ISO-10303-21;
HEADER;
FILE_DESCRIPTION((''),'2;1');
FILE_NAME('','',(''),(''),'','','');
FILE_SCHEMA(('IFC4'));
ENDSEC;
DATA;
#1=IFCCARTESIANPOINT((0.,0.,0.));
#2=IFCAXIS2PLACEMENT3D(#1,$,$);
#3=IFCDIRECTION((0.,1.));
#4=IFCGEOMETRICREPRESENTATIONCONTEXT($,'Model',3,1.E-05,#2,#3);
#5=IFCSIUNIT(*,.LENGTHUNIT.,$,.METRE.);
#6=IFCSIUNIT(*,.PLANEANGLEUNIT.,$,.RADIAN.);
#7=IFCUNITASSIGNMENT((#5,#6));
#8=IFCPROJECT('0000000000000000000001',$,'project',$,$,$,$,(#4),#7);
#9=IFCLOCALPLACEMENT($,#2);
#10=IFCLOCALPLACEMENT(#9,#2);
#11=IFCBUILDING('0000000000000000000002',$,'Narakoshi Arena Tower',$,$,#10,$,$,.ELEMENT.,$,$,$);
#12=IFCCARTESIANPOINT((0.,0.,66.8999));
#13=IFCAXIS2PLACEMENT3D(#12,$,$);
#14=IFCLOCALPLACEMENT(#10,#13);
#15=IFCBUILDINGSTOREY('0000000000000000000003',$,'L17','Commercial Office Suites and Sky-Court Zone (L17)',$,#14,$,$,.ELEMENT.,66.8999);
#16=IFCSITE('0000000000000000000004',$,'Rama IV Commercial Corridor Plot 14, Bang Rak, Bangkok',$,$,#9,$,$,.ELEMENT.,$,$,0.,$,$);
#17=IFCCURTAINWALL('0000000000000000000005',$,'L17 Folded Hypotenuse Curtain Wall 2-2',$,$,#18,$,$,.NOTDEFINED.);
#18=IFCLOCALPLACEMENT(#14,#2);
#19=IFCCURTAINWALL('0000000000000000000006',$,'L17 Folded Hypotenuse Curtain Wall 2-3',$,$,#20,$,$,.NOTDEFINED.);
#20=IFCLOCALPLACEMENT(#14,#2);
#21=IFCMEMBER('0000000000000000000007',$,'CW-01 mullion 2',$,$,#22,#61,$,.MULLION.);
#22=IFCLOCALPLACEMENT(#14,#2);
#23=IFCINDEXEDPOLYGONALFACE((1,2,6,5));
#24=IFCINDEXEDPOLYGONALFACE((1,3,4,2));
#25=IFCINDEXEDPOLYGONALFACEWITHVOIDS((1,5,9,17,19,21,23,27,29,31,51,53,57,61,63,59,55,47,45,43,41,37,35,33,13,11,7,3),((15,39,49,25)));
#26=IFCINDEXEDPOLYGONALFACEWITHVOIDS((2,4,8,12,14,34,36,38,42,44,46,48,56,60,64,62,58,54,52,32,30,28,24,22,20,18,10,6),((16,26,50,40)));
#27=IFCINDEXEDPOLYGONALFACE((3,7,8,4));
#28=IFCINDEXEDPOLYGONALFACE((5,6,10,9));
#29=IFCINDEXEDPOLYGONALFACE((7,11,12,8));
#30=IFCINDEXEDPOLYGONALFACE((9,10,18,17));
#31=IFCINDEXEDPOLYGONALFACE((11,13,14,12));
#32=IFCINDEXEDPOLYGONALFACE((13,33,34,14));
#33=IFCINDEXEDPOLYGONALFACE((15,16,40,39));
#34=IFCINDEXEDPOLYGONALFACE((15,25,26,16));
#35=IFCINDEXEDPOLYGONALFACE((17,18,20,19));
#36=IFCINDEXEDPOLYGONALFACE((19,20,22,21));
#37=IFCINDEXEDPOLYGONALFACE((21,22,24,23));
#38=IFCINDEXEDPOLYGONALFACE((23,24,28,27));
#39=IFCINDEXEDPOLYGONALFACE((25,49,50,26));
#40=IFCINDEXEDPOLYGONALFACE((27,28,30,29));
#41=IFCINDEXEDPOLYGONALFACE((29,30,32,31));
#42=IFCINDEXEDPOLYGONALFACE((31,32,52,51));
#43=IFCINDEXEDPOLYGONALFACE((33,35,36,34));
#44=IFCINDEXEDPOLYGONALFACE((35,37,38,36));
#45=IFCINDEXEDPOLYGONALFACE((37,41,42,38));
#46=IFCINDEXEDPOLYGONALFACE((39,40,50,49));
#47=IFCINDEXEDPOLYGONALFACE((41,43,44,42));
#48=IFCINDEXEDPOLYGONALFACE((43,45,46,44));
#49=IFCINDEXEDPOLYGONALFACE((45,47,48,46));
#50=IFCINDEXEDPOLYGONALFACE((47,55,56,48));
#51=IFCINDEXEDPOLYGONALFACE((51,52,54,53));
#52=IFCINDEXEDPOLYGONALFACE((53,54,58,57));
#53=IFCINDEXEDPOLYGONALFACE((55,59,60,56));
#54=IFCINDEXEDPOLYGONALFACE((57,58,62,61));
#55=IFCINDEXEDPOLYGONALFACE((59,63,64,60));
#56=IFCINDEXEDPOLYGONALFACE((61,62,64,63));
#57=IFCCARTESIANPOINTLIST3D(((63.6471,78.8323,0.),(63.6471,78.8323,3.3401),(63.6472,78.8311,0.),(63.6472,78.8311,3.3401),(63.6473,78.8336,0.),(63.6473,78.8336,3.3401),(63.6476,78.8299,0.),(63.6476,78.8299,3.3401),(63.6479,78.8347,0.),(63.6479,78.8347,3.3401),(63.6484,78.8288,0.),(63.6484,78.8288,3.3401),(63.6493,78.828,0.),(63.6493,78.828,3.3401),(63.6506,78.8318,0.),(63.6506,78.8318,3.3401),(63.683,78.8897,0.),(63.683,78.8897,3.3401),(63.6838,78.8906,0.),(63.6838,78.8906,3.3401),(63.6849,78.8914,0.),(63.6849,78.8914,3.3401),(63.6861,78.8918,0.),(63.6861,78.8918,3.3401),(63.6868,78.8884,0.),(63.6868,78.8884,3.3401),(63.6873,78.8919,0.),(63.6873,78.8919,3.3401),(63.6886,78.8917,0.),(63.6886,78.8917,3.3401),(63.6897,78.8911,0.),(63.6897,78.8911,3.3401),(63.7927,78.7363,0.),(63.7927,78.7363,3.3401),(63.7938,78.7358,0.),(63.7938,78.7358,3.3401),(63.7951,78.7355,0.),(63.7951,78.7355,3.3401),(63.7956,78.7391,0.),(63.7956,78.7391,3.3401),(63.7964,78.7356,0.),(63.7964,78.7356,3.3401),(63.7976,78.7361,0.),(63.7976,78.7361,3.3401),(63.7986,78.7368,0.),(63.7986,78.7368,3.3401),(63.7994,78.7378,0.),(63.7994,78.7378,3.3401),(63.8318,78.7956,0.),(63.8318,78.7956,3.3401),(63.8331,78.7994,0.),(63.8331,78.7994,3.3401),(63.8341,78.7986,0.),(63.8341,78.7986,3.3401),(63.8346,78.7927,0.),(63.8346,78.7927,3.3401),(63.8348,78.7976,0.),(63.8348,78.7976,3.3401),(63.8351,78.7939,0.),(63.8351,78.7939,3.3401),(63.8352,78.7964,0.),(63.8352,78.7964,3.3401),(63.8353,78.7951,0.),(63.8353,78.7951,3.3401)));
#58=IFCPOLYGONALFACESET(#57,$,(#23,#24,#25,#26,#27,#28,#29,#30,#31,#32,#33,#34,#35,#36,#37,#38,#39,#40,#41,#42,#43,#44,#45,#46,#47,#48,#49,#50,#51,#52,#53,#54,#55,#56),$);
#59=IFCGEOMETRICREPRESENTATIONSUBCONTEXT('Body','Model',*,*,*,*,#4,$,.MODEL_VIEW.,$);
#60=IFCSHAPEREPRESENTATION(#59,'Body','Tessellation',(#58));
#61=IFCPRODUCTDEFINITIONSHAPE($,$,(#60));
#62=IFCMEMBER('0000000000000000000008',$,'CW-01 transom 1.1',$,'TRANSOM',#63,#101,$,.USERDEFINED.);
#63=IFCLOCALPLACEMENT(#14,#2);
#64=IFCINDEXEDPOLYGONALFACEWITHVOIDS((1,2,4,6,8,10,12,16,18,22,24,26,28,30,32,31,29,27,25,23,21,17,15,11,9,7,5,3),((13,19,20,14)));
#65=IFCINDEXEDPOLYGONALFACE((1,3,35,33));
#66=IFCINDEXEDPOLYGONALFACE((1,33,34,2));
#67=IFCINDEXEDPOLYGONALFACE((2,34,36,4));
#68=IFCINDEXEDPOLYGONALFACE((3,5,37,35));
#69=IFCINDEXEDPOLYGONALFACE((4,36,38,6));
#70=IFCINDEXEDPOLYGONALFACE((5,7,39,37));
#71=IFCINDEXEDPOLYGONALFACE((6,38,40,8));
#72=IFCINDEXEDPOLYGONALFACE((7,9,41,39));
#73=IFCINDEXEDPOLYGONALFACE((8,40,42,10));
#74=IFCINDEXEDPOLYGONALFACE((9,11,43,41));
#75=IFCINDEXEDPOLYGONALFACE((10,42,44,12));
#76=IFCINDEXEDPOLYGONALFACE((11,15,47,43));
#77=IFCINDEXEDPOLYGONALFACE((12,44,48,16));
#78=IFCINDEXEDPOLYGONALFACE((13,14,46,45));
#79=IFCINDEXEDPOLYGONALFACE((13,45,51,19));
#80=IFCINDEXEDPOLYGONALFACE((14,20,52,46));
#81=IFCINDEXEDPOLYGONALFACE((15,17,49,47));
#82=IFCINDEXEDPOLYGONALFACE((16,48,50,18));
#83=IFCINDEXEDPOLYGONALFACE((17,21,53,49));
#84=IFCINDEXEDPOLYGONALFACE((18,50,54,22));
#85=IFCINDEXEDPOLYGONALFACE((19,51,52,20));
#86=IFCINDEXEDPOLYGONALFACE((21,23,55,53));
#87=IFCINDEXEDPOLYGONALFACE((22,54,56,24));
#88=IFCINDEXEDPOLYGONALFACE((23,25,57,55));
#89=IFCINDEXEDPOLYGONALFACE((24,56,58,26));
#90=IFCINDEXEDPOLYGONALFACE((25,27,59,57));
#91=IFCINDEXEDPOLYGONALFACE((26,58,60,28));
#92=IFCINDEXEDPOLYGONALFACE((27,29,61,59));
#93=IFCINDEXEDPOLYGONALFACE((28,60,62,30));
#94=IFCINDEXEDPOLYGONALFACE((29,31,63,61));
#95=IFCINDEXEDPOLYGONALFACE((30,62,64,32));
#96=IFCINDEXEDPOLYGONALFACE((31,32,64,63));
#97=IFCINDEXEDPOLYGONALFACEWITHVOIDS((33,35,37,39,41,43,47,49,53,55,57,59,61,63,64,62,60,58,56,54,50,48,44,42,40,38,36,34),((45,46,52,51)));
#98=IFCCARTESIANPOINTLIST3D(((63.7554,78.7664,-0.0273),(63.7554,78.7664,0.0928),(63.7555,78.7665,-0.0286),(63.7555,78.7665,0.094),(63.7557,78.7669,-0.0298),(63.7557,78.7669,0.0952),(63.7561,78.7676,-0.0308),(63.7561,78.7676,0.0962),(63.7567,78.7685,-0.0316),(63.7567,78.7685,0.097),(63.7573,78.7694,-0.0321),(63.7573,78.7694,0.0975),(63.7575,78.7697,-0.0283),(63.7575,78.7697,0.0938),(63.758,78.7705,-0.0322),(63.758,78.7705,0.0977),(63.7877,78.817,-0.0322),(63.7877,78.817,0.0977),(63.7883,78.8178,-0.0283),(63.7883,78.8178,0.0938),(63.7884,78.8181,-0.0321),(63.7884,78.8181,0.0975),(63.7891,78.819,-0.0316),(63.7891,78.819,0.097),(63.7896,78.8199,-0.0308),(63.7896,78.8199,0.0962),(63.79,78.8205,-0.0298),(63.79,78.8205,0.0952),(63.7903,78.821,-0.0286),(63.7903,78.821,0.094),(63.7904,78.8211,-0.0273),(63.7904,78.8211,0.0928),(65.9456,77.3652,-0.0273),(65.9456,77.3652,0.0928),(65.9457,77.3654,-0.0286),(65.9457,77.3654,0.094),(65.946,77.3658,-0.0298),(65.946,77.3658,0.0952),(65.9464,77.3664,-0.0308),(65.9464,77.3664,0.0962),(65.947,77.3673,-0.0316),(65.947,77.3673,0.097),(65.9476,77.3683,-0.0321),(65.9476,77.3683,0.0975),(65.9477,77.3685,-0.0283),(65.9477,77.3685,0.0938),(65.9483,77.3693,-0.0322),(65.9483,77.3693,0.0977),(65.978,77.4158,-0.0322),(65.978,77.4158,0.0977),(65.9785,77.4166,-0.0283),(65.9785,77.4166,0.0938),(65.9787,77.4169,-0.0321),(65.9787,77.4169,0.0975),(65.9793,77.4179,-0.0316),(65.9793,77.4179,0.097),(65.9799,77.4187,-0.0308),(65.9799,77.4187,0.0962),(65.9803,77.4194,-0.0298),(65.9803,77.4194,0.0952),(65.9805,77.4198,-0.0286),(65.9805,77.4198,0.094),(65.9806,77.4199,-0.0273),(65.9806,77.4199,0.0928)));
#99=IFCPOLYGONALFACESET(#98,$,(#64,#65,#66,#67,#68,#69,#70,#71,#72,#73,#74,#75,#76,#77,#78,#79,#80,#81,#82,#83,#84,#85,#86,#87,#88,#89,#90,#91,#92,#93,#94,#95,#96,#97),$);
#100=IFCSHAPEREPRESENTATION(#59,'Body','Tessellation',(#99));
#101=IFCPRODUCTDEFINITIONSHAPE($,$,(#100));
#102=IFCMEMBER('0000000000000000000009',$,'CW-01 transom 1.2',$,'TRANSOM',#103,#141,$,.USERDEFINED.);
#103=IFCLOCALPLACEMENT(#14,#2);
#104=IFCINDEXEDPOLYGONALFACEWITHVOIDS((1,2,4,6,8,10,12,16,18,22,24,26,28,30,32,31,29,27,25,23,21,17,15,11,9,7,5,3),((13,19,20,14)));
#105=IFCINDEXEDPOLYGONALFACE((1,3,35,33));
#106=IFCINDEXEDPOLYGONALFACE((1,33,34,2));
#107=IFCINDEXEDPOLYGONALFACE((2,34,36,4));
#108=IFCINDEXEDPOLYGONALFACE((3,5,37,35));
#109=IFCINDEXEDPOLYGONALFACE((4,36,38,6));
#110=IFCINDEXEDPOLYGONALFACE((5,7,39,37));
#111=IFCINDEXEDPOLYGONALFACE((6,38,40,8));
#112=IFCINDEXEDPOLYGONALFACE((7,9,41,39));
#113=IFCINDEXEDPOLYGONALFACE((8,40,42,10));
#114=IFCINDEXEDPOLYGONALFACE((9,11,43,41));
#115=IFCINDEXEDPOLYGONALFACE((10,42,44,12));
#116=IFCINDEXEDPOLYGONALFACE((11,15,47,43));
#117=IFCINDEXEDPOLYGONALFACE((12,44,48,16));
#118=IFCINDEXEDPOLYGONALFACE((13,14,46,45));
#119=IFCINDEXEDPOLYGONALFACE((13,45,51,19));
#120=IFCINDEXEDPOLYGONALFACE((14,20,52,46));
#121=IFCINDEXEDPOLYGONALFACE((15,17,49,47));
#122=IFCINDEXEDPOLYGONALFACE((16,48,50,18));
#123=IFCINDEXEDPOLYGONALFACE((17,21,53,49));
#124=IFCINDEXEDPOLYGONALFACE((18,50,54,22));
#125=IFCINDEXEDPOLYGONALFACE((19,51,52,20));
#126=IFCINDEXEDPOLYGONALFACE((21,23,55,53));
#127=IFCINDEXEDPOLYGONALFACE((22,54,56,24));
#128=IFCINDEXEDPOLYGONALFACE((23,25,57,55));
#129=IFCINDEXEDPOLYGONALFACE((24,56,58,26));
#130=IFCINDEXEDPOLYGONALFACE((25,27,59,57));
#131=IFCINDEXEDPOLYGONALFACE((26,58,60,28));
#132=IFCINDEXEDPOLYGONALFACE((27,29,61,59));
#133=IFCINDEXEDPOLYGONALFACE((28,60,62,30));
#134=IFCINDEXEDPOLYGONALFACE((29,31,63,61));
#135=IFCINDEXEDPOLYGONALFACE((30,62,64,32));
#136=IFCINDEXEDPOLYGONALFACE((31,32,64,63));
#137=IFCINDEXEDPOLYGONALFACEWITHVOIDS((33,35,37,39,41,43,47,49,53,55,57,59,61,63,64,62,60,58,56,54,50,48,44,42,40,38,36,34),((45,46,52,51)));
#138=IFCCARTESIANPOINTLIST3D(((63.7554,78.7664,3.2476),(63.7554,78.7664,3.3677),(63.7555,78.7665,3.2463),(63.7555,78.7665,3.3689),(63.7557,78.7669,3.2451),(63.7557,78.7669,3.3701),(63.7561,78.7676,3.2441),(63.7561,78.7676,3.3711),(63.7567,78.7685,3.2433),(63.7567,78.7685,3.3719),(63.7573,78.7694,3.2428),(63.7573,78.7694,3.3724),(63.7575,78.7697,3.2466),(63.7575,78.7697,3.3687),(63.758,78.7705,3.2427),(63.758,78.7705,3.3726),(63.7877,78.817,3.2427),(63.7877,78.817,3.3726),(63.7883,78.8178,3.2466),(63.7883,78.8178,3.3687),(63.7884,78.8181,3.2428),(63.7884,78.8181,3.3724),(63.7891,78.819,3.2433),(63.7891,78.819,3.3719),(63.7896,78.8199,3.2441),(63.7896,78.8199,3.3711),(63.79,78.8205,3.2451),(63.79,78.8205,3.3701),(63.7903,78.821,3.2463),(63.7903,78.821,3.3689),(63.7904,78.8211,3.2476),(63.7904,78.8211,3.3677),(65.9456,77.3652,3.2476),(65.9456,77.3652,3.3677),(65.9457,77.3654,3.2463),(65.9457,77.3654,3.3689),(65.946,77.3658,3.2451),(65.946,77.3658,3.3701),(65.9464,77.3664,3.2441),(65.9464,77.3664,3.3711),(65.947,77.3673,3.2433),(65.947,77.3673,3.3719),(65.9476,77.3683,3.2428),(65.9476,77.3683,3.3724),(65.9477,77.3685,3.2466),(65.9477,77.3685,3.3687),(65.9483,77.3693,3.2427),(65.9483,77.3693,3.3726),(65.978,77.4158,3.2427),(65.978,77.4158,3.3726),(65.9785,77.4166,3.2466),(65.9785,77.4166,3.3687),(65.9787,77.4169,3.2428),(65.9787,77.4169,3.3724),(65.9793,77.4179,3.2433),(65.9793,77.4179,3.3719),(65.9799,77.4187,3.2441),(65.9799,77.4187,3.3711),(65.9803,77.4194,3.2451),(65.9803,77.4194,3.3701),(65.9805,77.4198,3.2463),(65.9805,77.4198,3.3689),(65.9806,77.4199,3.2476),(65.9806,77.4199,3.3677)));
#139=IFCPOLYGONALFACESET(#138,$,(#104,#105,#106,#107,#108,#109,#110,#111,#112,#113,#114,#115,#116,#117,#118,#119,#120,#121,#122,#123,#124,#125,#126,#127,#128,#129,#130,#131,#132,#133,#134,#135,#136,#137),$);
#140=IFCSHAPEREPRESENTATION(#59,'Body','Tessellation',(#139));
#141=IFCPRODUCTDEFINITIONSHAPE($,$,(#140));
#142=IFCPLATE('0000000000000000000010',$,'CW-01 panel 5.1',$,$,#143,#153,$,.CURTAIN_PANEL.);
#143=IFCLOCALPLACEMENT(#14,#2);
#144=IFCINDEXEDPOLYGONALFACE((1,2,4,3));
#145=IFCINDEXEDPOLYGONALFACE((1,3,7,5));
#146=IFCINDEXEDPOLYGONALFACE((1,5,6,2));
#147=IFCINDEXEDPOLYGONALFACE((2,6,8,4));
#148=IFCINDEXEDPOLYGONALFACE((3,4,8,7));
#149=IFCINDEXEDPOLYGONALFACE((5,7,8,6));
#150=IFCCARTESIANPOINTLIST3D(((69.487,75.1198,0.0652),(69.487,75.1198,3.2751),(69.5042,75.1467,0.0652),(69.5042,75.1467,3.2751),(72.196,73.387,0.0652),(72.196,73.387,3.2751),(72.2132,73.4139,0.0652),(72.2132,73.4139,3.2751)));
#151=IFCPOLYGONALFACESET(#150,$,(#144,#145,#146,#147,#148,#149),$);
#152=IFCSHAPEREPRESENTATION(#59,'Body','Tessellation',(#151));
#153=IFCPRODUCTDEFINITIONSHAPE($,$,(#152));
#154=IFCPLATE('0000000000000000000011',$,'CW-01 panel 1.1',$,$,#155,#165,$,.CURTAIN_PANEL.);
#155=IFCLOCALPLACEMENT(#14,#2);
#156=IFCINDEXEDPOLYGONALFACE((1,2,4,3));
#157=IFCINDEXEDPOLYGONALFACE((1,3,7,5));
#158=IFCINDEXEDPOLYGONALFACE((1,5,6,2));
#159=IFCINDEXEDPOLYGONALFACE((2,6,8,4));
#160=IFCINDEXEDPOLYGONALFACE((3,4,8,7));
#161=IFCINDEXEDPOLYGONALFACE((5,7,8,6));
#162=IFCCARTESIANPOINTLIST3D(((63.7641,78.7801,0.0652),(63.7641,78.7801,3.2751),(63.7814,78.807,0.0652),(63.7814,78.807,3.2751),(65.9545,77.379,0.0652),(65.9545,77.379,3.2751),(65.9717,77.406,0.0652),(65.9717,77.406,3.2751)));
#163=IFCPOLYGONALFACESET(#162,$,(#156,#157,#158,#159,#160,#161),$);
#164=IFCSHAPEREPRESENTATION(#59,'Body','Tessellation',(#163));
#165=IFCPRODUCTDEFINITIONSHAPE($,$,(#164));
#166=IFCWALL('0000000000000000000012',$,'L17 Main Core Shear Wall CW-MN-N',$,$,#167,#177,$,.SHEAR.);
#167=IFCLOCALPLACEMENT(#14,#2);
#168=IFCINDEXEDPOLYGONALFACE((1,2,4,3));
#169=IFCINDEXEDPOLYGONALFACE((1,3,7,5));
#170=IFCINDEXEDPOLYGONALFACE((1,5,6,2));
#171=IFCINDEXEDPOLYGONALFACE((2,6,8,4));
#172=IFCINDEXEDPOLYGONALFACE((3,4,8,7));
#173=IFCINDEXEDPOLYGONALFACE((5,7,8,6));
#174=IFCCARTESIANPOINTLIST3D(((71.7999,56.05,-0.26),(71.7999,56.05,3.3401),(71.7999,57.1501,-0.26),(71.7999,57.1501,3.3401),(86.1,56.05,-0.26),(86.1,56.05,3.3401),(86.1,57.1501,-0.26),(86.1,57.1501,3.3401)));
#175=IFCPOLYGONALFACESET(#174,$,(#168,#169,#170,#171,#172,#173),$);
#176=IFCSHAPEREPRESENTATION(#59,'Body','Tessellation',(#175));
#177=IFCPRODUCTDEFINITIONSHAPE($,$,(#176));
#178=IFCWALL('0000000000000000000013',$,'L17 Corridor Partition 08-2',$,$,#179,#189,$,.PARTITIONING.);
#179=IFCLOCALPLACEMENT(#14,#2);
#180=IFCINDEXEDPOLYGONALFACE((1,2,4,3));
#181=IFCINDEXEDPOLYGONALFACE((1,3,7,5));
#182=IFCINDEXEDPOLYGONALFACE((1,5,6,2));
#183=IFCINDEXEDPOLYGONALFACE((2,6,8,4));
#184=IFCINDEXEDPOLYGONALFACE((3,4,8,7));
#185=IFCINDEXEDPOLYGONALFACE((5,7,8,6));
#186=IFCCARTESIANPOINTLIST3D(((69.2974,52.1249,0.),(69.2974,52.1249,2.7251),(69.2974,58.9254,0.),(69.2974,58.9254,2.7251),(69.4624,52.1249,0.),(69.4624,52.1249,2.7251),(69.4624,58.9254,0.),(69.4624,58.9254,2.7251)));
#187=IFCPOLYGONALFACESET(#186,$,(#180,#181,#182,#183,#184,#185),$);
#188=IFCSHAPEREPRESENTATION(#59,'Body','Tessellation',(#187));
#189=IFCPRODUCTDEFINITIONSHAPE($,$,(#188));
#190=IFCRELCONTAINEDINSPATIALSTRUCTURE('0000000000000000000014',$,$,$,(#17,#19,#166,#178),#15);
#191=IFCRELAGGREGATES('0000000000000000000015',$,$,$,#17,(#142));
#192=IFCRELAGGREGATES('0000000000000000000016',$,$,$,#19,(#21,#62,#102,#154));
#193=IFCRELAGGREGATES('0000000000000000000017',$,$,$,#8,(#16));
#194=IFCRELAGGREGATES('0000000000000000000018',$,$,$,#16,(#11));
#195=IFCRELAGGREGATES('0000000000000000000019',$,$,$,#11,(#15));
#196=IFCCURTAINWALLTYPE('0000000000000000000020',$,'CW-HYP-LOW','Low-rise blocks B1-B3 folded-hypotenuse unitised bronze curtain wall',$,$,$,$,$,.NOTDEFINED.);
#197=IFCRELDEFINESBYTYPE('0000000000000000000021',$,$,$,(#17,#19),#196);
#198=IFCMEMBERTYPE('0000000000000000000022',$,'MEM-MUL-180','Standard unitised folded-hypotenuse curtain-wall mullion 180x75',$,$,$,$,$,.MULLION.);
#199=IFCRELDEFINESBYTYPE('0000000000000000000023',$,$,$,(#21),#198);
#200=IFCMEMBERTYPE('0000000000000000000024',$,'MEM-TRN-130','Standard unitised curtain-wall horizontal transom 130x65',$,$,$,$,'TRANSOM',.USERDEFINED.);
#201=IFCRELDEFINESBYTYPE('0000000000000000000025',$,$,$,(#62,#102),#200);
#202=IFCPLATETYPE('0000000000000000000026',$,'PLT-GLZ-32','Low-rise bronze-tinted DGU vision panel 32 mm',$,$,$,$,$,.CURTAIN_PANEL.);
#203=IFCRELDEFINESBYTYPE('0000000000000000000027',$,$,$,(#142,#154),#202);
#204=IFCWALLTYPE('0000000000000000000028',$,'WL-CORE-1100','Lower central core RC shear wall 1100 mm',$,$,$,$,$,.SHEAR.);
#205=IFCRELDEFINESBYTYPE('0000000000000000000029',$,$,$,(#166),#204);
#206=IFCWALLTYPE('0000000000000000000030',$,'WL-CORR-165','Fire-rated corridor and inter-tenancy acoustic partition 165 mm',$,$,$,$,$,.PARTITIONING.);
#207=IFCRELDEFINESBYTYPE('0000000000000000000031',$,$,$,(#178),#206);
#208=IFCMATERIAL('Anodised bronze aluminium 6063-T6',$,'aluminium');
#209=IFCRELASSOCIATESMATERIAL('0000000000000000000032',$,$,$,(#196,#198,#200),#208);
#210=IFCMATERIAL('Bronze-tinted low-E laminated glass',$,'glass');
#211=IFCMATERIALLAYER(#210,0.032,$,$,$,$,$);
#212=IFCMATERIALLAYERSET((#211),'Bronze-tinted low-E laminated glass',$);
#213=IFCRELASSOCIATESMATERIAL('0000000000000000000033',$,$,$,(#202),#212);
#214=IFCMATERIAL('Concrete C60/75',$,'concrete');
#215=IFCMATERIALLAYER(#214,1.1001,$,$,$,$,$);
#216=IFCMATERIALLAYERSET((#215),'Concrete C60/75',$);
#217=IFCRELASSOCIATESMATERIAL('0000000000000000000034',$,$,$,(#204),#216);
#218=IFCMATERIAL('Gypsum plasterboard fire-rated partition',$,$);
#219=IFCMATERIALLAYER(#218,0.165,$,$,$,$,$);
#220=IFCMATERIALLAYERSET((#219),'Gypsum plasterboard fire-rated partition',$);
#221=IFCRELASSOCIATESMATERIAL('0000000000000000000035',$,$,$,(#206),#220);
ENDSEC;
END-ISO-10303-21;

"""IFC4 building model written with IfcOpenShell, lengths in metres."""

from ifc_helpers import new_model, si_unit, direction, frame, frame_2d, origin, origin_2d, place, context, subcontext, project, spatial, rectangle, hollow_rectangle, extrude, material, layer, layer_set, material_profile, profile_set, type_object, element, aggregate, save


model = new_model("IFC4")

# Units and contexts
model_context = context("Model", 3, precision=1e-05, world=origin(), true_north=direction((0.0, 1.0)))
body_context = subcontext(model_context, "Body", "Model", "MODEL_VIEW")
ifc_project = project(units=[si_unit("LENGTHUNIT", "METRE"), si_unit("PLANEANGLEUNIT", "RADIAN")], contexts=[model_context])

# Site, building, storey
site_placement = place(None, origin())
site = spatial("IfcSite", under=ifc_project, at=site_placement, Name="Rama IV Commercial Corridor Plot 14, Bang Rak, Bangkok", CompositionType="ELEMENT", RefElevation=0.0)
building_placement = place(site_placement, origin())
building = spatial("IfcBuilding", under=site, at=building_placement, Name="Narakoshi Arena Tower", CompositionType="ELEMENT")
storey_placement = place(building_placement, frame((0.0, 0.0, 66.8999)))
storey = spatial("IfcBuildingStorey", under=building, at=storey_placement, Name="L17", Description="Commercial Office Suites and Sky-Court Zone (L17)", CompositionType="ELEMENT", Elevation=66.8999)

# Shared definitions
ifc_material_1 = material(Name="Concrete C60/75", Category="concrete")

# Curtain wall
ifc_material_2 = material(Name="Anodised bronze aluminium 6063-T6", Category="aluminium")
curtain_wall_type = type_object("IfcCurtainWallType", Name="CW-HYP-LOW", Description="Low-rise blocks B1-B3 folded-hypotenuse unitised bronze curtain wall", PredefinedType="NOTDEFINED", material=ifc_material_2)
curtain_wall_1_placement = place(storey_placement, origin())
curtain_wall_1 = element("IfcCurtainWall", 1, at=curtain_wall_1_placement, inside=storey, type_object=curtain_wall_type, Name="L17 Folded Hypotenuse Curtain Wall 2-2", PredefinedType="NOTDEFINED")
ifc_material_profile_1 = material_profile(ifc_material_2, hollow_rectangle(XDim=0.075, YDim=0.1799, WallThickness=0.0039, OuterFilletRadius=0.0049, at=origin_2d()), Name="MUL180x75x4")
ifc_profile_set_1 = profile_set([ifc_material_profile_1], Name="Anodised bronze aluminium 6063-T6")
member_type_1 = type_object("IfcMemberType", Name="MEM-MUL-180", Description="Standard unitised folded-hypotenuse curtain-wall mullion 180x75", PredefinedType="MULLION", material=ifc_profile_set_1)

# Curtain wall, members
curtain_wall_2_placement = place(storey_placement, origin())
curtain_wall_2 = element("IfcCurtainWall", 2, at=curtain_wall_2_placement, inside=storey, type_object=curtain_wall_type, Name="L17 Folded Hypotenuse Curtain Wall 2-3", PredefinedType="NOTDEFINED")
member_1_placement = place(storey_placement, frame((63.7412, 78.8137, 0.0), z_axis=(0.0, 0.0, 1.0), x_axis=(-0.538841, -0.842407, 0.0)))
member_1 = element("IfcMember", 3, at=member_1_placement, type_object=member_type_1, Name="CW-01 mullion 2", PredefinedType="MULLION", context=body_context, shape_type="SweptSolid", body=[
    extrude(hollow_rectangle(XDim=0.075, YDim=0.1799, WallThickness=0.0039, OuterFilletRadius=0.0049, at=origin_2d()), origin(), (0.0, 0.0, 1.0), 3.3401),
])
ifc_material_profile_2 = material_profile(ifc_material_2, hollow_rectangle(XDim=0.0649, YDim=0.1299, WallThickness=0.0039, OuterFilletRadius=0.0049, at=origin_2d()), Name="TRN130x65x4")
ifc_profile_set_2 = profile_set([ifc_material_profile_2], Name="Anodised bronze aluminium 6063-T6")
member_type_2 = type_object("IfcMemberType", Name="MEM-TRN-130", Description="Standard unitised curtain-wall horizontal transom 130x65", ElementType="TRANSOM", PredefinedType="USERDEFINED", material=ifc_profile_set_2)
member_2_placement = place(storey_placement, frame((65.9631, 77.3926, 0.0327), z_axis=(-0.842375, 0.538891, 0.0), x_axis=(-0.538891, -0.842375, 0.0)))
member_2 = element("IfcMember", 4, at=member_2_placement, type_object=member_type_2, Name="CW-01 transom 1.1", ObjectType="TRANSOM", PredefinedType="USERDEFINED", context=body_context, shape_type="SweptSolid", body=[
    extrude(hollow_rectangle(XDim=0.0649, YDim=0.1299, WallThickness=0.0039, OuterFilletRadius=0.0049, at=origin_2d()), origin(), (0.0, 0.0, 1.0), 2.6001),
])
member_3_placement = place(storey_placement, frame((65.9631, 77.3926, 3.3076), z_axis=(-0.842375, 0.538891, 0.0), x_axis=(-0.538891, -0.842375, 0.0)))
member_3 = element("IfcMember", 5, at=member_3_placement, type_object=member_type_2, Name="CW-01 transom 1.2", ObjectType="TRANSOM", PredefinedType="USERDEFINED", context=body_context, shape_type="SweptSolid", body=[
    extrude(hollow_rectangle(XDim=0.0649, YDim=0.1299, WallThickness=0.0039, OuterFilletRadius=0.0049, at=origin_2d()), origin(), (0.0, 0.0, 1.0), 2.6001),
])

# Plates
ifc_material_3 = material(Name="Bronze-tinted low-E laminated glass", Category="glass")
ifc_layer_1 = layer(ifc_material_3, 0.032)
ifc_layer_set_1 = layer_set([ifc_layer_1], Name="Bronze-tinted low-E laminated glass")
plate_type = type_object("IfcPlateType", Name="PLT-GLZ-32", Description="Low-rise bronze-tinted DGU vision panel 32 mm", PredefinedType="CURTAIN_PANEL", material=ifc_layer_set_1)
plate_1_placement = place(storey_placement, frame((70.8501, 74.2668, 0.0652), z_axis=(0.0, 0.0, 1.0), x_axis=(-0.842415, 0.538829, 0.0)))
plate_1 = element("IfcPlate", 6, at=plate_1_placement, type_object=plate_type, Name="CW-01 panel 5.1", PredefinedType="CURTAIN_PANEL", context=body_context, shape_type="SweptSolid", body=[
    extrude(rectangle(XDim=3.2158, YDim=0.032, at=origin_2d()), origin(), (0.0, 0.0, 1.0), 3.21),
])
aggregate(curtain_wall_1, [plate_1])
plate_2_placement = place(storey_placement, frame((64.8679, 78.093, 0.0652), z_axis=(0.0, 0.0, 1.0), x_axis=(-0.842407, 0.538841, 0.0)))
plate_2 = element("IfcPlate", 7, at=plate_2_placement, type_object=plate_type, Name="CW-01 panel 1.1", PredefinedType="CURTAIN_PANEL", context=body_context, shape_type="SweptSolid", body=[
    extrude(rectangle(XDim=2.6001, YDim=0.032, at=origin_2d()), origin(), (0.0, 0.0, 1.0), 3.21),
])
aggregate(curtain_wall_2, [member_1, member_2, member_3, plate_2])

# Walls
ifc_layer_2 = layer(ifc_material_1, 1.1001)
ifc_layer_set_2 = layer_set([ifc_layer_2], Name="Concrete C60/75")
wall_type_1 = type_object("IfcWallType", Name="WL-CORE-1100", Description="Lower central core RC shear wall 1100 mm", PredefinedType="SHEAR", material=ifc_layer_set_2)
wall_1_placement = place(storey_placement, frame((71.8, 56.6001, -0.26), z_axis=(0.0, 0.0, 1.0), x_axis=(1.0, 0.0, 0.0)))
element("IfcWall", 8, at=wall_1_placement, inside=storey, type_object=wall_type_1, Name="L17 Main Core Shear Wall CW-MN-N", PredefinedType="SHEAR", context=body_context, shape_type="SweptSolid", body=[
    extrude(rectangle(XDim=14.3, YDim=1.1001, at=frame_2d((7.1499, 0.0))), origin(), (0.0, 0.0, 1.0), 3.6001),
])
ifc_material_4 = material(Name="Gypsum plasterboard fire-rated partition")
ifc_layer_3 = layer(ifc_material_4, 0.165)
ifc_layer_set_3 = layer_set([ifc_layer_3], Name="Gypsum plasterboard fire-rated partition")
wall_type_2 = type_object("IfcWallType", Name="WL-CORR-165", Description="Fire-rated corridor and inter-tenancy acoustic partition 165 mm", PredefinedType="PARTITIONING", material=ifc_layer_set_3)
wall_2_placement = place(storey_placement, frame((69.3799, 58.9255, 0.0), z_axis=(0.0, 0.0, 1.0), x_axis=(0.0, -1.0, 0.0)))
element("IfcWall", 9, at=wall_2_placement, inside=storey, type_object=wall_type_2, Name="L17 Corridor Partition 08-2", PredefinedType="PARTITIONING", context=body_context, shape_type="SweptSolid", body=[
    extrude(rectangle(XDim=6.8005, YDim=0.165, at=frame_2d((3.4004, 0.0))), origin(), (0.0, 0.0, 1.0), 2.7251),
])

save(model, "model.ifc")
